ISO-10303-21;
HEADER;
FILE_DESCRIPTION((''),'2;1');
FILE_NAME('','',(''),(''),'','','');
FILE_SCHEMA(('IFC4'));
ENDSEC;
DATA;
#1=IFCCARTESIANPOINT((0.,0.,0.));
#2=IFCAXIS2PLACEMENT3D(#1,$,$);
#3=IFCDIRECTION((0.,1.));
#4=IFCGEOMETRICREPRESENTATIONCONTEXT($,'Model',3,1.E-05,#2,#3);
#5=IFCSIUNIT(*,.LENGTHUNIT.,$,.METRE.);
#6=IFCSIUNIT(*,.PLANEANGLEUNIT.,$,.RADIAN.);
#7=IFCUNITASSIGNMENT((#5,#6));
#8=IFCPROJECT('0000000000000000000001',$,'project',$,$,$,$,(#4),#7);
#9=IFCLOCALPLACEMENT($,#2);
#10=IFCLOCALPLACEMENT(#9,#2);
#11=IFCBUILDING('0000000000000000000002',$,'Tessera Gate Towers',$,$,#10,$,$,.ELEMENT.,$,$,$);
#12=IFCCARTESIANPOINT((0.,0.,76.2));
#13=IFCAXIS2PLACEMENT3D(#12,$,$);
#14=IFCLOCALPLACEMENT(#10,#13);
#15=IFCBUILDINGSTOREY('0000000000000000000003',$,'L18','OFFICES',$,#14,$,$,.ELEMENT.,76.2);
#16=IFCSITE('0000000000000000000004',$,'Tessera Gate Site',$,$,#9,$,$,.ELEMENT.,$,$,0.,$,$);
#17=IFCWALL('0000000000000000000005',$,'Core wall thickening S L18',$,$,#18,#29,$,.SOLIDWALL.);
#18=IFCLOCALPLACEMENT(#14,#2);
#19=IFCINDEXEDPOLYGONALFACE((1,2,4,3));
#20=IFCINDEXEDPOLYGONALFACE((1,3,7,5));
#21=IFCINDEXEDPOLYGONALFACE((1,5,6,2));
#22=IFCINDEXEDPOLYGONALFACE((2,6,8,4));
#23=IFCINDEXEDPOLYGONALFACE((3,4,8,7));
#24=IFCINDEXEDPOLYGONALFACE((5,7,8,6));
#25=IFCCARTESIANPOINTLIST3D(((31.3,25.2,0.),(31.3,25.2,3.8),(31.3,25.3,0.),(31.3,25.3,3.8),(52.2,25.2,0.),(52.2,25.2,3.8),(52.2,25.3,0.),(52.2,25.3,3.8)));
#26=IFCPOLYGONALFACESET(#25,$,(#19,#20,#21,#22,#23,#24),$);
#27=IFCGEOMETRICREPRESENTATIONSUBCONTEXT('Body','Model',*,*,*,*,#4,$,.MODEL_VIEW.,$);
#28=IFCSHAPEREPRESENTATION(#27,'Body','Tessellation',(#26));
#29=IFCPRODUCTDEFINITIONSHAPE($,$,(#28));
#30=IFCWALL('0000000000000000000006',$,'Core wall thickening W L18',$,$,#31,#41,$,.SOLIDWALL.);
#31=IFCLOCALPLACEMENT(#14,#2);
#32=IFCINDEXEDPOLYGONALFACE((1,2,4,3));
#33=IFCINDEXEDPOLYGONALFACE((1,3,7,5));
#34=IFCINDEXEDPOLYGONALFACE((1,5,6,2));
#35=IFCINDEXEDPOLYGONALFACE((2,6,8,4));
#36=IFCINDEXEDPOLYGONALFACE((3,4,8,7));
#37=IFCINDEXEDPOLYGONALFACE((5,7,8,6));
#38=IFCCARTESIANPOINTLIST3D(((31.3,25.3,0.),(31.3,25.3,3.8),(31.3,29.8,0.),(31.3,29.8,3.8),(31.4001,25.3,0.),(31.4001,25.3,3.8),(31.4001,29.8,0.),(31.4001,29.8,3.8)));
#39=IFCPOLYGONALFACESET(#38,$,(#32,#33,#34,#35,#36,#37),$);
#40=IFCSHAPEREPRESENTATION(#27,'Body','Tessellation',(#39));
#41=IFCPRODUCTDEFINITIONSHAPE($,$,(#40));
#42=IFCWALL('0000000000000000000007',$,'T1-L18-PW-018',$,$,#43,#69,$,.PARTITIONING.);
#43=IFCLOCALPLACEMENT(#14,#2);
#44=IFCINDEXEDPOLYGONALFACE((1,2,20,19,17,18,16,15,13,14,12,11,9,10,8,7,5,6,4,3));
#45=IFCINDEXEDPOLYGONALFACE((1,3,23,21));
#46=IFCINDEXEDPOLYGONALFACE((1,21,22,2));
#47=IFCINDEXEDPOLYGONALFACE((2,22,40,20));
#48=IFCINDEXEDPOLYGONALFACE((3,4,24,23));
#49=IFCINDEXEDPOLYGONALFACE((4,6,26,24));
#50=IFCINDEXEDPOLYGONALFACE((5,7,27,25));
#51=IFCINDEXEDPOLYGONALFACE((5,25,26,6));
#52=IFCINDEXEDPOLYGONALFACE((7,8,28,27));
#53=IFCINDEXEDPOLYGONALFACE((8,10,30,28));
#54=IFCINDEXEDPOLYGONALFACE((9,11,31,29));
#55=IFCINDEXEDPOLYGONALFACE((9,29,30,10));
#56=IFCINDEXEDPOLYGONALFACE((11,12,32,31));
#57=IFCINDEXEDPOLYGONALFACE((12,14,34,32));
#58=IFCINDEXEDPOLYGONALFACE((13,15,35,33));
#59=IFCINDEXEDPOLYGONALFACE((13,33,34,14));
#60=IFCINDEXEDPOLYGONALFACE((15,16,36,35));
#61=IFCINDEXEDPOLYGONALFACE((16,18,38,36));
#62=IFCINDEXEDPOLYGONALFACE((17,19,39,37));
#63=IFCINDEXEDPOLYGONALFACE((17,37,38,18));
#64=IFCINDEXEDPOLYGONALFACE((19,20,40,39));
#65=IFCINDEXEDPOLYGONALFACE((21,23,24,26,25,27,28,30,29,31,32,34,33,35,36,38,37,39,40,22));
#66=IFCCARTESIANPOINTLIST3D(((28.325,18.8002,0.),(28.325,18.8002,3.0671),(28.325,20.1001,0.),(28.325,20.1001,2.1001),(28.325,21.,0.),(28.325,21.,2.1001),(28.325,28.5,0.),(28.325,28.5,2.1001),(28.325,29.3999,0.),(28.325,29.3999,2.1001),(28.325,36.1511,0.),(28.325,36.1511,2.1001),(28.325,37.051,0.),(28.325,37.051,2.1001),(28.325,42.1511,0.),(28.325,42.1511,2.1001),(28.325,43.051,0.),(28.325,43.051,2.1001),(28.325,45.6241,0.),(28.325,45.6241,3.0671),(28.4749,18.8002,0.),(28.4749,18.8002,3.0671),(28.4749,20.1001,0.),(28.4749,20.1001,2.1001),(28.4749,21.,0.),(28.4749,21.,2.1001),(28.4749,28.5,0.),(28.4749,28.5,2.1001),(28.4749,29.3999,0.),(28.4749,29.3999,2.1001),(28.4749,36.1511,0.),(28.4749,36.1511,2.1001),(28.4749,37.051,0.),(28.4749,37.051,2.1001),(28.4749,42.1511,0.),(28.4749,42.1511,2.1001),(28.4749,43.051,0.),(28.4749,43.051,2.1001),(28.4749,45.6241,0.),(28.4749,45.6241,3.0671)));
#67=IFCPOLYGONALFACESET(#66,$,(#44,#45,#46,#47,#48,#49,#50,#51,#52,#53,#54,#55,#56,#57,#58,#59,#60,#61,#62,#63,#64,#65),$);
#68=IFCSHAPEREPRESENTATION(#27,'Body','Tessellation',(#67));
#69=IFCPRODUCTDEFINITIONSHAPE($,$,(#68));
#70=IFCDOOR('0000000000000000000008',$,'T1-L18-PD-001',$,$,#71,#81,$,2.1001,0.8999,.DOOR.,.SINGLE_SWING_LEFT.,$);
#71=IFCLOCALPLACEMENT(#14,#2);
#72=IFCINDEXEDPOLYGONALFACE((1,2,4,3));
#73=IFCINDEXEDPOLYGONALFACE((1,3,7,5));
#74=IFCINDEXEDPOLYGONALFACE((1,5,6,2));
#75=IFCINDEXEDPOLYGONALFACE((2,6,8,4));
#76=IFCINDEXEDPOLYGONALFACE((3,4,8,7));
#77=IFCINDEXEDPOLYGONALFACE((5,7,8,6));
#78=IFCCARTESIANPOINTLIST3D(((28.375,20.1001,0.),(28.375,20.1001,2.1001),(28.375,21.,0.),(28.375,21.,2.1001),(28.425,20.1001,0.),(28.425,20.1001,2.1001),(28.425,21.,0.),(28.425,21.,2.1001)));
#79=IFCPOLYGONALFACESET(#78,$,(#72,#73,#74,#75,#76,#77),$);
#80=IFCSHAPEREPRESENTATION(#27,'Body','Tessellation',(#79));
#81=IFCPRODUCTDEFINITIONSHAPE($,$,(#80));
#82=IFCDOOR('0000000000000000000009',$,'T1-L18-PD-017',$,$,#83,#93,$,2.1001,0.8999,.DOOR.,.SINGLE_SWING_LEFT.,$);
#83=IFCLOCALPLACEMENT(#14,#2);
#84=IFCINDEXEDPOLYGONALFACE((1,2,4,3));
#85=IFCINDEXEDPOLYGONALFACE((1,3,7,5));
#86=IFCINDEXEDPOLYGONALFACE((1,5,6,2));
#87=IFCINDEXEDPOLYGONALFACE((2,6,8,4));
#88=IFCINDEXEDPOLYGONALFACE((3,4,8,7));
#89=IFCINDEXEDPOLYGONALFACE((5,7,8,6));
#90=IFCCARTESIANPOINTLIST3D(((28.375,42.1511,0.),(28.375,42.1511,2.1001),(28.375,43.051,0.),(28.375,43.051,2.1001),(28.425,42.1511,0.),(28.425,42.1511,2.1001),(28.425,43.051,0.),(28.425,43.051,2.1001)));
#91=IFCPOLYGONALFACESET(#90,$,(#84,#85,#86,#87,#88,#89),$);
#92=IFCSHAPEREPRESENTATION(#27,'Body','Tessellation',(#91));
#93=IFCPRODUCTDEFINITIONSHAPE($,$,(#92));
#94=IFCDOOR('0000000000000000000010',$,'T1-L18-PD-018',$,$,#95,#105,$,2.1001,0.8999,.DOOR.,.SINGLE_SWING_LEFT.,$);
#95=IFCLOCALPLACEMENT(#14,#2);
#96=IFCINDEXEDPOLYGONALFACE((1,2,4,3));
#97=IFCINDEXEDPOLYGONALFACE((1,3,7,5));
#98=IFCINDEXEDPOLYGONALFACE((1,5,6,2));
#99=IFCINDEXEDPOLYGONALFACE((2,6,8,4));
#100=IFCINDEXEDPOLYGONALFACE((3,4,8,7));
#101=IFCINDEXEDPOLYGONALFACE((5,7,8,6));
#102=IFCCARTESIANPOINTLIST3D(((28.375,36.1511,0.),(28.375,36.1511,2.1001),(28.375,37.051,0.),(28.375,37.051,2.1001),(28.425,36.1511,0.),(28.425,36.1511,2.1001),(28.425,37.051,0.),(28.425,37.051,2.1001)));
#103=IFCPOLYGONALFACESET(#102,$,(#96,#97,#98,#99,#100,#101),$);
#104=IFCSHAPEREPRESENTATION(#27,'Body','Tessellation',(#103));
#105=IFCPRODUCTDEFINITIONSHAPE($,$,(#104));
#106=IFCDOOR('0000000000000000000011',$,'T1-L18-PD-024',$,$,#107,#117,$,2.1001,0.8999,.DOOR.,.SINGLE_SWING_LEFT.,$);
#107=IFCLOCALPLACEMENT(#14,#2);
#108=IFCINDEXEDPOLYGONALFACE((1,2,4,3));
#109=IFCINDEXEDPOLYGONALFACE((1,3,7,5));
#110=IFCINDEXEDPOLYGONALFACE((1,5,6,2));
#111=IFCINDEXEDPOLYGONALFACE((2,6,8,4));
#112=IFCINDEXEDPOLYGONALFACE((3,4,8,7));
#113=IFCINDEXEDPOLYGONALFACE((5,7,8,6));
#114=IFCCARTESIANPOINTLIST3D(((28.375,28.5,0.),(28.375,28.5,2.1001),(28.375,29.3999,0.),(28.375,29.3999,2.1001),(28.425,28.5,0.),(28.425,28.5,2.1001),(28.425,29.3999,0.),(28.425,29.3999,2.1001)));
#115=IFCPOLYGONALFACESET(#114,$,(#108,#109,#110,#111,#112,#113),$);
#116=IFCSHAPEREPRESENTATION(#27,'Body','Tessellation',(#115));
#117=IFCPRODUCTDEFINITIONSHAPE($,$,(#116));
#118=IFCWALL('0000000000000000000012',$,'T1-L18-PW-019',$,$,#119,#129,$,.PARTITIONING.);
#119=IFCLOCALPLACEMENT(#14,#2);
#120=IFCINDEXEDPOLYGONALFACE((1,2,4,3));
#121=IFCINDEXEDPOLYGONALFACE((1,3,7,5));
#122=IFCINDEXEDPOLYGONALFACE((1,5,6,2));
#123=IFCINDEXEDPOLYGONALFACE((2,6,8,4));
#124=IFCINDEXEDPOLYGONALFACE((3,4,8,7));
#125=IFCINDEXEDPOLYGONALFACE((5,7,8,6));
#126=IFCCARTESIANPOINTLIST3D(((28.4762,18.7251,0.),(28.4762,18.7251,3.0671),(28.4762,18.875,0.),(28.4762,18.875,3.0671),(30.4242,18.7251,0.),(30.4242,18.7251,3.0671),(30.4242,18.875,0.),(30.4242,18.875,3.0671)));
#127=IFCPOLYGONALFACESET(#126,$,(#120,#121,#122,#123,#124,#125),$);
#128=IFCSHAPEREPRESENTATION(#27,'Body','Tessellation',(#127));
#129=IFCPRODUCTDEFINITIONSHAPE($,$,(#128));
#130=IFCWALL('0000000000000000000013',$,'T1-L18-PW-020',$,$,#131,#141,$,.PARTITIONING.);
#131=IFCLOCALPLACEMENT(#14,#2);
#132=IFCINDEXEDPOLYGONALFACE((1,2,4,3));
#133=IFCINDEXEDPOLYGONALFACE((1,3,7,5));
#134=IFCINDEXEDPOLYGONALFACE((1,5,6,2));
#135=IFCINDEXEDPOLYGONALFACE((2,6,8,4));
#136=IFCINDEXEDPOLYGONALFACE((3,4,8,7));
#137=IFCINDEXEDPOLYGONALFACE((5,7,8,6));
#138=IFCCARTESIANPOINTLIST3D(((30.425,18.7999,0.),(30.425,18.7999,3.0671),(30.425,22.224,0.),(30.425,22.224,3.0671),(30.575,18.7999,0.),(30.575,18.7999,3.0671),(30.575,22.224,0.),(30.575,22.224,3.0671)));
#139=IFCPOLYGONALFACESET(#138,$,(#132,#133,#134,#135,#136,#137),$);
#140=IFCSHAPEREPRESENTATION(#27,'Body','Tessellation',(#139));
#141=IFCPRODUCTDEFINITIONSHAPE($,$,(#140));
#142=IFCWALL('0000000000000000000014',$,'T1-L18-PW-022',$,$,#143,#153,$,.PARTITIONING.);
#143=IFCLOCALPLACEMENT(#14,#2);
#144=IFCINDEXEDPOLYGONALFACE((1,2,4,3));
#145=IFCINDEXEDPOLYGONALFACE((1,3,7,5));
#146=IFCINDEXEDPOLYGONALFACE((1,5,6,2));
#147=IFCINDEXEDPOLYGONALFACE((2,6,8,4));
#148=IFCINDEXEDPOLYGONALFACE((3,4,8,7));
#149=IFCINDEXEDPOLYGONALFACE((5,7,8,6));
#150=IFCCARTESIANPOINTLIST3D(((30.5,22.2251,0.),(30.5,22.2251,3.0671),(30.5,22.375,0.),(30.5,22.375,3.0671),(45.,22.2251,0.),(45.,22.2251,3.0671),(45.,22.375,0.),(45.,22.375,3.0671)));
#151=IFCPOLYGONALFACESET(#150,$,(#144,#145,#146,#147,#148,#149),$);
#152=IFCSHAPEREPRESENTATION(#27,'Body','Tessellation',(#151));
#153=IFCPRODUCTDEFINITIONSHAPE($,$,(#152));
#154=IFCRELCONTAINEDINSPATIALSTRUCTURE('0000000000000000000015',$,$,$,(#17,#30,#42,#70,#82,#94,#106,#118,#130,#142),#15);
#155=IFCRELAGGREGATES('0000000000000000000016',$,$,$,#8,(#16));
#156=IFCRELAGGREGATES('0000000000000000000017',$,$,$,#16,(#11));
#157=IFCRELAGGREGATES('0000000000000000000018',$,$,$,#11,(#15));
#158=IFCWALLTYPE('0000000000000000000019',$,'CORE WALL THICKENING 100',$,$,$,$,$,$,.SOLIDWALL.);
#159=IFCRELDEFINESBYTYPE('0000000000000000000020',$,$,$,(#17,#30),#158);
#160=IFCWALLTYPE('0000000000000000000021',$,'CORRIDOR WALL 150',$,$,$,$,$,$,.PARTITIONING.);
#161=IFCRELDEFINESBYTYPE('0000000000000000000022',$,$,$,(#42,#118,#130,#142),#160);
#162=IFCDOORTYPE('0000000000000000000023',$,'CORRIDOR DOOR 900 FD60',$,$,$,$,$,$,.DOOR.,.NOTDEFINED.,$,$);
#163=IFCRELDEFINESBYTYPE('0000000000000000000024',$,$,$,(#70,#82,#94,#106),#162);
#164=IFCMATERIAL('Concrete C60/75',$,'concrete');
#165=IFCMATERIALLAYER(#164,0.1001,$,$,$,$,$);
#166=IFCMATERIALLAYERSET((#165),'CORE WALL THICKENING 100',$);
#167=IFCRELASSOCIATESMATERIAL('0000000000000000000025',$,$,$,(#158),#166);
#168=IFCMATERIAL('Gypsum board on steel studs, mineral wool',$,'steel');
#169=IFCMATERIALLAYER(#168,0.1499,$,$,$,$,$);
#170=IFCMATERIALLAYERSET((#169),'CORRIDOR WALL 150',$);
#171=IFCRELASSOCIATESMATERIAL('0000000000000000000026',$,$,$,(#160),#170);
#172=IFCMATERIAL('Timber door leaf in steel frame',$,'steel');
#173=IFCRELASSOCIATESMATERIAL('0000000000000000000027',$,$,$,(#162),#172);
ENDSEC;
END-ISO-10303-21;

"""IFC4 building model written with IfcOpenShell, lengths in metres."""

from ifc_helpers import new_model, si_unit, direction, frame, frame_2d, origin, place, context, subcontext, project, spatial, rectangle, extrude, source, transform, mapped, material, layer, layer_set, type_object, element, fill, save


model = new_model("IFC4")

# Units and contexts
model_context = context("Model", 3, precision=1e-05, world=origin(), true_north=direction((0.0, 1.0)))
body_context = subcontext(model_context, "Body", "Model", "MODEL_VIEW")
ifc_project = project(units=[si_unit("LENGTHUNIT", "METRE"), si_unit("PLANEANGLEUNIT", "RADIAN")], contexts=[model_context])

# Site, building, storey
site_placement = place(None, origin())
site = spatial("IfcSite", under=ifc_project, at=site_placement, Name="Tessera Gate Site", CompositionType="ELEMENT", RefElevation=0.0)
building_placement = place(site_placement, origin())
building = spatial("IfcBuilding", under=site, at=building_placement, Name="Tessera Gate Towers", CompositionType="ELEMENT")
storey_placement = place(building_placement, frame((0.0, 0.0, 76.2)))
storey = spatial("IfcBuildingStorey", under=building, at=storey_placement, Name="L18", Description="OFFICES", CompositionType="ELEMENT", Elevation=76.2)

# Walls
ifc_material_1 = material(Name="Concrete C60/75", Category="concrete")
ifc_layer_1 = layer(ifc_material_1, 0.1001)
ifc_layer_set_1 = layer_set([ifc_layer_1], Name="CORE WALL THICKENING 100")
wall_type_1 = type_object("IfcWallType", Name="CORE WALL THICKENING 100", PredefinedType="SOLIDWALL", material=ifc_layer_set_1)
wall_1_placement = place(storey_placement, frame((31.3, 25.25, 0.0), z_axis=(0.0, 0.0, 1.0), x_axis=(1.0, 0.0, 0.0)))
element("IfcWall", 1, at=wall_1_placement, inside=storey, type_object=wall_type_1, Name="Core wall thickening S L18", PredefinedType="SOLIDWALL", context=body_context, shape_type="SweptSolid", body=[
    extrude(rectangle(XDim=20.8999, YDim=0.1001, at=frame_2d((10.45, 0.0))), origin(), (0.0, 0.0, 1.0), 3.8),
])
wall_2_placement = place(storey_placement, frame((31.3501, 25.3, 0.0), z_axis=(0.0, 0.0, 1.0), x_axis=(0.0, 1.0, 0.0)))
element("IfcWall", 2, at=wall_2_placement, inside=storey, type_object=wall_type_1, Name="Core wall thickening W L18", PredefinedType="SOLIDWALL", context=body_context, shape_type="SweptSolid", body=[
    extrude(rectangle(XDim=4.5, YDim=0.1001, at=frame_2d((2.25, 0.0))), origin(), (0.0, 0.0, 1.0), 3.8),
])

# Wall, openings, doors
ifc_material_2 = material(Name="Gypsum board on steel studs, mineral wool", Category="steel")
ifc_layer_2 = layer(ifc_material_2, 0.1499)
ifc_layer_set_2 = layer_set([ifc_layer_2], Name="CORRIDOR WALL 150")
wall_type_2 = type_object("IfcWallType", Name="CORRIDOR WALL 150", PredefinedType="PARTITIONING", material=ifc_layer_set_2)
wall_3_placement = place(storey_placement, frame((28.3999, 18.8, 0.0), z_axis=(0.0, 0.0, 1.0), x_axis=(0.0, 1.0, 0.0)))
wall_3 = element("IfcWall", 3, at=wall_3_placement, inside=storey, type_object=wall_type_2, Name="T1-L18-PW-018", PredefinedType="PARTITIONING", context=body_context, shape_type="SweptSolid", body=[
    extrude(rectangle(XDim=26.824, YDim=0.1499, at=frame_2d((13.4121, 0.0))), origin(), (0.0, 0.0, 1.0), 3.0671),
])
shared_shape_1 = source(origin(), body_context, "Body", "SweptSolid", [
    extrude(rectangle(XDim=0.8999, YDim=2.1001, at=frame_2d((0.45, 1.05))), frame((0.0, 0.085, 0.0), z_axis=(0.0, -1.0, 0.0), x_axis=(1.0, 0.0, 0.0)), (0.0, 0.0, 1.0), 0.1699),
])
opening_1_placement = place(wall_3_placement, frame((1.3, 0.0, 0.0)))
opening_1 = element("IfcOpeningElement", 4, at=opening_1_placement, cuts=wall_3, PredefinedType="OPENING", context=body_context, shape_type="MappedRepresentation", body=[
    mapped(shared_shape_1, transform((0.0, 0.0, 0.0), scale=1.0)),
])
opening_2_placement = place(wall_3_placement, frame((23.3511, 0.0, 0.0)))
opening_2 = element("IfcOpeningElement", 5, at=opening_2_placement, cuts=wall_3, PredefinedType="OPENING", context=body_context, shape_type="MappedRepresentation", body=[
    mapped(shared_shape_1, transform((0.0, 0.0, 0.0), scale=1.0)),
])
opening_3_placement = place(wall_3_placement, frame((17.3511, 0.0, 0.0)))
opening_3 = element("IfcOpeningElement", 6, at=opening_3_placement, cuts=wall_3, PredefinedType="OPENING", context=body_context, shape_type="MappedRepresentation", body=[
    mapped(shared_shape_1, transform((0.0, 0.0, 0.0), scale=1.0)),
])
opening_4_placement = place(wall_3_placement, frame((9.7, 0.0, 0.0)))
opening_4 = element("IfcOpeningElement", 7, at=opening_4_placement, cuts=wall_3, PredefinedType="OPENING", context=body_context, shape_type="MappedRepresentation", body=[
    mapped(shared_shape_1, transform((0.0, 0.0, 0.0), scale=1.0)),
])
ifc_material_3 = material(Name="Timber door leaf in steel frame", Category="steel")
door_type_1 = type_object("IfcDoorType", Name="CORRIDOR DOOR 900 FD60", OperationType="NOTDEFINED", PredefinedType="DOOR", material=ifc_material_3)
shared_shape_2 = source(origin(), body_context, "Body", "SweptSolid", [
    extrude(rectangle(XDim=0.8999, YDim=2.1001, at=frame_2d((0.45, 1.05))), frame((0.0, 0.0249, 0.0), z_axis=(0.0, -1.0, 0.0), x_axis=(1.0, 0.0, 0.0)), (0.0, 0.0, 1.0), 0.05),
])
door_1_placement = place(opening_1_placement, origin())
door_1 = element("IfcDoor", 8, at=door_1_placement, inside=storey, type_object=door_type_1, Name="T1-L18-PD-001", OperationType="SINGLE_SWING_LEFT", OverallHeight=2.1001, OverallWidth=0.8999, PredefinedType="DOOR", context=body_context, shape_type="MappedRepresentation", body=[
    mapped(shared_shape_2, transform((0.0, 0.0, 0.0), scale=1.0)),
])
fill(opening_1, door_1)
door_2_placement = place(opening_2_placement, origin())
door_2 = element("IfcDoor", 9, at=door_2_placement, inside=storey, type_object=door_type_1, Name="T1-L18-PD-017", OperationType="SINGLE_SWING_LEFT", OverallHeight=2.1001, OverallWidth=0.8999, PredefinedType="DOOR", context=body_context, shape_type="MappedRepresentation", body=[
    mapped(shared_shape_2, transform((0.0, 0.0, 0.0), scale=1.0)),
])
fill(opening_2, door_2)
door_3_placement = place(opening_3_placement, origin())
door_3 = element("IfcDoor", 10, at=door_3_placement, inside=storey, type_object=door_type_1, Name="T1-L18-PD-018", OperationType="SINGLE_SWING_LEFT", OverallHeight=2.1001, OverallWidth=0.8999, PredefinedType="DOOR", context=body_context, shape_type="MappedRepresentation", body=[
    mapped(shared_shape_2, transform((0.0, 0.0, 0.0), scale=1.0)),
])
fill(opening_3, door_3)
door_4_placement = place(opening_4_placement, origin())
door_4 = element("IfcDoor", 11, at=door_4_placement, inside=storey, type_object=door_type_1, Name="T1-L18-PD-024", OperationType="SINGLE_SWING_LEFT", OverallHeight=2.1001, OverallWidth=0.8999, PredefinedType="DOOR", context=body_context, shape_type="MappedRepresentation", body=[
    mapped(shared_shape_2, transform((0.0, 0.0, 0.0), scale=1.0)),
])
fill(opening_4, door_4)

# Walls
wall_4_placement = place(storey_placement, frame((28.4761, 18.8, 0.0), z_axis=(0.0, 0.0, 1.0), x_axis=(1.0, 0.0, 0.0)))
element("IfcWall", 12, at=wall_4_placement, inside=storey, type_object=wall_type_2, Name="T1-L18-PW-019", PredefinedType="PARTITIONING", context=body_context, shape_type="SweptSolid", body=[
    extrude(rectangle(XDim=1.948, YDim=0.1499, at=frame_2d((0.9741, 0.0))), origin(), (0.0, 0.0, 1.0), 3.0671),
])
wall_5_placement = place(storey_placement, frame((30.5, 18.8, 0.0), z_axis=(0.0, 0.0, 1.0), x_axis=(0.0, 1.0, 0.0)))
element("IfcWall", 13, at=wall_5_placement, inside=storey, type_object=wall_type_2, Name="T1-L18-PW-020", PredefinedType="PARTITIONING", context=body_context, shape_type="SweptSolid", body=[
    extrude(rectangle(XDim=3.4241, YDim=0.1499, at=frame_2d((1.7119, 0.0))), origin(), (0.0, 0.0, 1.0), 3.0671),
])
wall_6_placement = place(storey_placement, frame((30.5, 22.3, 0.0), z_axis=(0.0, 0.0, 1.0), x_axis=(1.0, 0.0, 0.0)))
element("IfcWall", 14, at=wall_6_placement, inside=storey, type_object=wall_type_2, Name="T1-L18-PW-022", PredefinedType="PARTITIONING", context=body_context, shape_type="SweptSolid", body=[
    extrude(rectangle(XDim=14.5, YDim=0.1499, at=frame_2d((7.25, 0.0))), origin(), (0.0, 0.0, 1.0), 3.0671),
])

save(model, "model.ifc")
